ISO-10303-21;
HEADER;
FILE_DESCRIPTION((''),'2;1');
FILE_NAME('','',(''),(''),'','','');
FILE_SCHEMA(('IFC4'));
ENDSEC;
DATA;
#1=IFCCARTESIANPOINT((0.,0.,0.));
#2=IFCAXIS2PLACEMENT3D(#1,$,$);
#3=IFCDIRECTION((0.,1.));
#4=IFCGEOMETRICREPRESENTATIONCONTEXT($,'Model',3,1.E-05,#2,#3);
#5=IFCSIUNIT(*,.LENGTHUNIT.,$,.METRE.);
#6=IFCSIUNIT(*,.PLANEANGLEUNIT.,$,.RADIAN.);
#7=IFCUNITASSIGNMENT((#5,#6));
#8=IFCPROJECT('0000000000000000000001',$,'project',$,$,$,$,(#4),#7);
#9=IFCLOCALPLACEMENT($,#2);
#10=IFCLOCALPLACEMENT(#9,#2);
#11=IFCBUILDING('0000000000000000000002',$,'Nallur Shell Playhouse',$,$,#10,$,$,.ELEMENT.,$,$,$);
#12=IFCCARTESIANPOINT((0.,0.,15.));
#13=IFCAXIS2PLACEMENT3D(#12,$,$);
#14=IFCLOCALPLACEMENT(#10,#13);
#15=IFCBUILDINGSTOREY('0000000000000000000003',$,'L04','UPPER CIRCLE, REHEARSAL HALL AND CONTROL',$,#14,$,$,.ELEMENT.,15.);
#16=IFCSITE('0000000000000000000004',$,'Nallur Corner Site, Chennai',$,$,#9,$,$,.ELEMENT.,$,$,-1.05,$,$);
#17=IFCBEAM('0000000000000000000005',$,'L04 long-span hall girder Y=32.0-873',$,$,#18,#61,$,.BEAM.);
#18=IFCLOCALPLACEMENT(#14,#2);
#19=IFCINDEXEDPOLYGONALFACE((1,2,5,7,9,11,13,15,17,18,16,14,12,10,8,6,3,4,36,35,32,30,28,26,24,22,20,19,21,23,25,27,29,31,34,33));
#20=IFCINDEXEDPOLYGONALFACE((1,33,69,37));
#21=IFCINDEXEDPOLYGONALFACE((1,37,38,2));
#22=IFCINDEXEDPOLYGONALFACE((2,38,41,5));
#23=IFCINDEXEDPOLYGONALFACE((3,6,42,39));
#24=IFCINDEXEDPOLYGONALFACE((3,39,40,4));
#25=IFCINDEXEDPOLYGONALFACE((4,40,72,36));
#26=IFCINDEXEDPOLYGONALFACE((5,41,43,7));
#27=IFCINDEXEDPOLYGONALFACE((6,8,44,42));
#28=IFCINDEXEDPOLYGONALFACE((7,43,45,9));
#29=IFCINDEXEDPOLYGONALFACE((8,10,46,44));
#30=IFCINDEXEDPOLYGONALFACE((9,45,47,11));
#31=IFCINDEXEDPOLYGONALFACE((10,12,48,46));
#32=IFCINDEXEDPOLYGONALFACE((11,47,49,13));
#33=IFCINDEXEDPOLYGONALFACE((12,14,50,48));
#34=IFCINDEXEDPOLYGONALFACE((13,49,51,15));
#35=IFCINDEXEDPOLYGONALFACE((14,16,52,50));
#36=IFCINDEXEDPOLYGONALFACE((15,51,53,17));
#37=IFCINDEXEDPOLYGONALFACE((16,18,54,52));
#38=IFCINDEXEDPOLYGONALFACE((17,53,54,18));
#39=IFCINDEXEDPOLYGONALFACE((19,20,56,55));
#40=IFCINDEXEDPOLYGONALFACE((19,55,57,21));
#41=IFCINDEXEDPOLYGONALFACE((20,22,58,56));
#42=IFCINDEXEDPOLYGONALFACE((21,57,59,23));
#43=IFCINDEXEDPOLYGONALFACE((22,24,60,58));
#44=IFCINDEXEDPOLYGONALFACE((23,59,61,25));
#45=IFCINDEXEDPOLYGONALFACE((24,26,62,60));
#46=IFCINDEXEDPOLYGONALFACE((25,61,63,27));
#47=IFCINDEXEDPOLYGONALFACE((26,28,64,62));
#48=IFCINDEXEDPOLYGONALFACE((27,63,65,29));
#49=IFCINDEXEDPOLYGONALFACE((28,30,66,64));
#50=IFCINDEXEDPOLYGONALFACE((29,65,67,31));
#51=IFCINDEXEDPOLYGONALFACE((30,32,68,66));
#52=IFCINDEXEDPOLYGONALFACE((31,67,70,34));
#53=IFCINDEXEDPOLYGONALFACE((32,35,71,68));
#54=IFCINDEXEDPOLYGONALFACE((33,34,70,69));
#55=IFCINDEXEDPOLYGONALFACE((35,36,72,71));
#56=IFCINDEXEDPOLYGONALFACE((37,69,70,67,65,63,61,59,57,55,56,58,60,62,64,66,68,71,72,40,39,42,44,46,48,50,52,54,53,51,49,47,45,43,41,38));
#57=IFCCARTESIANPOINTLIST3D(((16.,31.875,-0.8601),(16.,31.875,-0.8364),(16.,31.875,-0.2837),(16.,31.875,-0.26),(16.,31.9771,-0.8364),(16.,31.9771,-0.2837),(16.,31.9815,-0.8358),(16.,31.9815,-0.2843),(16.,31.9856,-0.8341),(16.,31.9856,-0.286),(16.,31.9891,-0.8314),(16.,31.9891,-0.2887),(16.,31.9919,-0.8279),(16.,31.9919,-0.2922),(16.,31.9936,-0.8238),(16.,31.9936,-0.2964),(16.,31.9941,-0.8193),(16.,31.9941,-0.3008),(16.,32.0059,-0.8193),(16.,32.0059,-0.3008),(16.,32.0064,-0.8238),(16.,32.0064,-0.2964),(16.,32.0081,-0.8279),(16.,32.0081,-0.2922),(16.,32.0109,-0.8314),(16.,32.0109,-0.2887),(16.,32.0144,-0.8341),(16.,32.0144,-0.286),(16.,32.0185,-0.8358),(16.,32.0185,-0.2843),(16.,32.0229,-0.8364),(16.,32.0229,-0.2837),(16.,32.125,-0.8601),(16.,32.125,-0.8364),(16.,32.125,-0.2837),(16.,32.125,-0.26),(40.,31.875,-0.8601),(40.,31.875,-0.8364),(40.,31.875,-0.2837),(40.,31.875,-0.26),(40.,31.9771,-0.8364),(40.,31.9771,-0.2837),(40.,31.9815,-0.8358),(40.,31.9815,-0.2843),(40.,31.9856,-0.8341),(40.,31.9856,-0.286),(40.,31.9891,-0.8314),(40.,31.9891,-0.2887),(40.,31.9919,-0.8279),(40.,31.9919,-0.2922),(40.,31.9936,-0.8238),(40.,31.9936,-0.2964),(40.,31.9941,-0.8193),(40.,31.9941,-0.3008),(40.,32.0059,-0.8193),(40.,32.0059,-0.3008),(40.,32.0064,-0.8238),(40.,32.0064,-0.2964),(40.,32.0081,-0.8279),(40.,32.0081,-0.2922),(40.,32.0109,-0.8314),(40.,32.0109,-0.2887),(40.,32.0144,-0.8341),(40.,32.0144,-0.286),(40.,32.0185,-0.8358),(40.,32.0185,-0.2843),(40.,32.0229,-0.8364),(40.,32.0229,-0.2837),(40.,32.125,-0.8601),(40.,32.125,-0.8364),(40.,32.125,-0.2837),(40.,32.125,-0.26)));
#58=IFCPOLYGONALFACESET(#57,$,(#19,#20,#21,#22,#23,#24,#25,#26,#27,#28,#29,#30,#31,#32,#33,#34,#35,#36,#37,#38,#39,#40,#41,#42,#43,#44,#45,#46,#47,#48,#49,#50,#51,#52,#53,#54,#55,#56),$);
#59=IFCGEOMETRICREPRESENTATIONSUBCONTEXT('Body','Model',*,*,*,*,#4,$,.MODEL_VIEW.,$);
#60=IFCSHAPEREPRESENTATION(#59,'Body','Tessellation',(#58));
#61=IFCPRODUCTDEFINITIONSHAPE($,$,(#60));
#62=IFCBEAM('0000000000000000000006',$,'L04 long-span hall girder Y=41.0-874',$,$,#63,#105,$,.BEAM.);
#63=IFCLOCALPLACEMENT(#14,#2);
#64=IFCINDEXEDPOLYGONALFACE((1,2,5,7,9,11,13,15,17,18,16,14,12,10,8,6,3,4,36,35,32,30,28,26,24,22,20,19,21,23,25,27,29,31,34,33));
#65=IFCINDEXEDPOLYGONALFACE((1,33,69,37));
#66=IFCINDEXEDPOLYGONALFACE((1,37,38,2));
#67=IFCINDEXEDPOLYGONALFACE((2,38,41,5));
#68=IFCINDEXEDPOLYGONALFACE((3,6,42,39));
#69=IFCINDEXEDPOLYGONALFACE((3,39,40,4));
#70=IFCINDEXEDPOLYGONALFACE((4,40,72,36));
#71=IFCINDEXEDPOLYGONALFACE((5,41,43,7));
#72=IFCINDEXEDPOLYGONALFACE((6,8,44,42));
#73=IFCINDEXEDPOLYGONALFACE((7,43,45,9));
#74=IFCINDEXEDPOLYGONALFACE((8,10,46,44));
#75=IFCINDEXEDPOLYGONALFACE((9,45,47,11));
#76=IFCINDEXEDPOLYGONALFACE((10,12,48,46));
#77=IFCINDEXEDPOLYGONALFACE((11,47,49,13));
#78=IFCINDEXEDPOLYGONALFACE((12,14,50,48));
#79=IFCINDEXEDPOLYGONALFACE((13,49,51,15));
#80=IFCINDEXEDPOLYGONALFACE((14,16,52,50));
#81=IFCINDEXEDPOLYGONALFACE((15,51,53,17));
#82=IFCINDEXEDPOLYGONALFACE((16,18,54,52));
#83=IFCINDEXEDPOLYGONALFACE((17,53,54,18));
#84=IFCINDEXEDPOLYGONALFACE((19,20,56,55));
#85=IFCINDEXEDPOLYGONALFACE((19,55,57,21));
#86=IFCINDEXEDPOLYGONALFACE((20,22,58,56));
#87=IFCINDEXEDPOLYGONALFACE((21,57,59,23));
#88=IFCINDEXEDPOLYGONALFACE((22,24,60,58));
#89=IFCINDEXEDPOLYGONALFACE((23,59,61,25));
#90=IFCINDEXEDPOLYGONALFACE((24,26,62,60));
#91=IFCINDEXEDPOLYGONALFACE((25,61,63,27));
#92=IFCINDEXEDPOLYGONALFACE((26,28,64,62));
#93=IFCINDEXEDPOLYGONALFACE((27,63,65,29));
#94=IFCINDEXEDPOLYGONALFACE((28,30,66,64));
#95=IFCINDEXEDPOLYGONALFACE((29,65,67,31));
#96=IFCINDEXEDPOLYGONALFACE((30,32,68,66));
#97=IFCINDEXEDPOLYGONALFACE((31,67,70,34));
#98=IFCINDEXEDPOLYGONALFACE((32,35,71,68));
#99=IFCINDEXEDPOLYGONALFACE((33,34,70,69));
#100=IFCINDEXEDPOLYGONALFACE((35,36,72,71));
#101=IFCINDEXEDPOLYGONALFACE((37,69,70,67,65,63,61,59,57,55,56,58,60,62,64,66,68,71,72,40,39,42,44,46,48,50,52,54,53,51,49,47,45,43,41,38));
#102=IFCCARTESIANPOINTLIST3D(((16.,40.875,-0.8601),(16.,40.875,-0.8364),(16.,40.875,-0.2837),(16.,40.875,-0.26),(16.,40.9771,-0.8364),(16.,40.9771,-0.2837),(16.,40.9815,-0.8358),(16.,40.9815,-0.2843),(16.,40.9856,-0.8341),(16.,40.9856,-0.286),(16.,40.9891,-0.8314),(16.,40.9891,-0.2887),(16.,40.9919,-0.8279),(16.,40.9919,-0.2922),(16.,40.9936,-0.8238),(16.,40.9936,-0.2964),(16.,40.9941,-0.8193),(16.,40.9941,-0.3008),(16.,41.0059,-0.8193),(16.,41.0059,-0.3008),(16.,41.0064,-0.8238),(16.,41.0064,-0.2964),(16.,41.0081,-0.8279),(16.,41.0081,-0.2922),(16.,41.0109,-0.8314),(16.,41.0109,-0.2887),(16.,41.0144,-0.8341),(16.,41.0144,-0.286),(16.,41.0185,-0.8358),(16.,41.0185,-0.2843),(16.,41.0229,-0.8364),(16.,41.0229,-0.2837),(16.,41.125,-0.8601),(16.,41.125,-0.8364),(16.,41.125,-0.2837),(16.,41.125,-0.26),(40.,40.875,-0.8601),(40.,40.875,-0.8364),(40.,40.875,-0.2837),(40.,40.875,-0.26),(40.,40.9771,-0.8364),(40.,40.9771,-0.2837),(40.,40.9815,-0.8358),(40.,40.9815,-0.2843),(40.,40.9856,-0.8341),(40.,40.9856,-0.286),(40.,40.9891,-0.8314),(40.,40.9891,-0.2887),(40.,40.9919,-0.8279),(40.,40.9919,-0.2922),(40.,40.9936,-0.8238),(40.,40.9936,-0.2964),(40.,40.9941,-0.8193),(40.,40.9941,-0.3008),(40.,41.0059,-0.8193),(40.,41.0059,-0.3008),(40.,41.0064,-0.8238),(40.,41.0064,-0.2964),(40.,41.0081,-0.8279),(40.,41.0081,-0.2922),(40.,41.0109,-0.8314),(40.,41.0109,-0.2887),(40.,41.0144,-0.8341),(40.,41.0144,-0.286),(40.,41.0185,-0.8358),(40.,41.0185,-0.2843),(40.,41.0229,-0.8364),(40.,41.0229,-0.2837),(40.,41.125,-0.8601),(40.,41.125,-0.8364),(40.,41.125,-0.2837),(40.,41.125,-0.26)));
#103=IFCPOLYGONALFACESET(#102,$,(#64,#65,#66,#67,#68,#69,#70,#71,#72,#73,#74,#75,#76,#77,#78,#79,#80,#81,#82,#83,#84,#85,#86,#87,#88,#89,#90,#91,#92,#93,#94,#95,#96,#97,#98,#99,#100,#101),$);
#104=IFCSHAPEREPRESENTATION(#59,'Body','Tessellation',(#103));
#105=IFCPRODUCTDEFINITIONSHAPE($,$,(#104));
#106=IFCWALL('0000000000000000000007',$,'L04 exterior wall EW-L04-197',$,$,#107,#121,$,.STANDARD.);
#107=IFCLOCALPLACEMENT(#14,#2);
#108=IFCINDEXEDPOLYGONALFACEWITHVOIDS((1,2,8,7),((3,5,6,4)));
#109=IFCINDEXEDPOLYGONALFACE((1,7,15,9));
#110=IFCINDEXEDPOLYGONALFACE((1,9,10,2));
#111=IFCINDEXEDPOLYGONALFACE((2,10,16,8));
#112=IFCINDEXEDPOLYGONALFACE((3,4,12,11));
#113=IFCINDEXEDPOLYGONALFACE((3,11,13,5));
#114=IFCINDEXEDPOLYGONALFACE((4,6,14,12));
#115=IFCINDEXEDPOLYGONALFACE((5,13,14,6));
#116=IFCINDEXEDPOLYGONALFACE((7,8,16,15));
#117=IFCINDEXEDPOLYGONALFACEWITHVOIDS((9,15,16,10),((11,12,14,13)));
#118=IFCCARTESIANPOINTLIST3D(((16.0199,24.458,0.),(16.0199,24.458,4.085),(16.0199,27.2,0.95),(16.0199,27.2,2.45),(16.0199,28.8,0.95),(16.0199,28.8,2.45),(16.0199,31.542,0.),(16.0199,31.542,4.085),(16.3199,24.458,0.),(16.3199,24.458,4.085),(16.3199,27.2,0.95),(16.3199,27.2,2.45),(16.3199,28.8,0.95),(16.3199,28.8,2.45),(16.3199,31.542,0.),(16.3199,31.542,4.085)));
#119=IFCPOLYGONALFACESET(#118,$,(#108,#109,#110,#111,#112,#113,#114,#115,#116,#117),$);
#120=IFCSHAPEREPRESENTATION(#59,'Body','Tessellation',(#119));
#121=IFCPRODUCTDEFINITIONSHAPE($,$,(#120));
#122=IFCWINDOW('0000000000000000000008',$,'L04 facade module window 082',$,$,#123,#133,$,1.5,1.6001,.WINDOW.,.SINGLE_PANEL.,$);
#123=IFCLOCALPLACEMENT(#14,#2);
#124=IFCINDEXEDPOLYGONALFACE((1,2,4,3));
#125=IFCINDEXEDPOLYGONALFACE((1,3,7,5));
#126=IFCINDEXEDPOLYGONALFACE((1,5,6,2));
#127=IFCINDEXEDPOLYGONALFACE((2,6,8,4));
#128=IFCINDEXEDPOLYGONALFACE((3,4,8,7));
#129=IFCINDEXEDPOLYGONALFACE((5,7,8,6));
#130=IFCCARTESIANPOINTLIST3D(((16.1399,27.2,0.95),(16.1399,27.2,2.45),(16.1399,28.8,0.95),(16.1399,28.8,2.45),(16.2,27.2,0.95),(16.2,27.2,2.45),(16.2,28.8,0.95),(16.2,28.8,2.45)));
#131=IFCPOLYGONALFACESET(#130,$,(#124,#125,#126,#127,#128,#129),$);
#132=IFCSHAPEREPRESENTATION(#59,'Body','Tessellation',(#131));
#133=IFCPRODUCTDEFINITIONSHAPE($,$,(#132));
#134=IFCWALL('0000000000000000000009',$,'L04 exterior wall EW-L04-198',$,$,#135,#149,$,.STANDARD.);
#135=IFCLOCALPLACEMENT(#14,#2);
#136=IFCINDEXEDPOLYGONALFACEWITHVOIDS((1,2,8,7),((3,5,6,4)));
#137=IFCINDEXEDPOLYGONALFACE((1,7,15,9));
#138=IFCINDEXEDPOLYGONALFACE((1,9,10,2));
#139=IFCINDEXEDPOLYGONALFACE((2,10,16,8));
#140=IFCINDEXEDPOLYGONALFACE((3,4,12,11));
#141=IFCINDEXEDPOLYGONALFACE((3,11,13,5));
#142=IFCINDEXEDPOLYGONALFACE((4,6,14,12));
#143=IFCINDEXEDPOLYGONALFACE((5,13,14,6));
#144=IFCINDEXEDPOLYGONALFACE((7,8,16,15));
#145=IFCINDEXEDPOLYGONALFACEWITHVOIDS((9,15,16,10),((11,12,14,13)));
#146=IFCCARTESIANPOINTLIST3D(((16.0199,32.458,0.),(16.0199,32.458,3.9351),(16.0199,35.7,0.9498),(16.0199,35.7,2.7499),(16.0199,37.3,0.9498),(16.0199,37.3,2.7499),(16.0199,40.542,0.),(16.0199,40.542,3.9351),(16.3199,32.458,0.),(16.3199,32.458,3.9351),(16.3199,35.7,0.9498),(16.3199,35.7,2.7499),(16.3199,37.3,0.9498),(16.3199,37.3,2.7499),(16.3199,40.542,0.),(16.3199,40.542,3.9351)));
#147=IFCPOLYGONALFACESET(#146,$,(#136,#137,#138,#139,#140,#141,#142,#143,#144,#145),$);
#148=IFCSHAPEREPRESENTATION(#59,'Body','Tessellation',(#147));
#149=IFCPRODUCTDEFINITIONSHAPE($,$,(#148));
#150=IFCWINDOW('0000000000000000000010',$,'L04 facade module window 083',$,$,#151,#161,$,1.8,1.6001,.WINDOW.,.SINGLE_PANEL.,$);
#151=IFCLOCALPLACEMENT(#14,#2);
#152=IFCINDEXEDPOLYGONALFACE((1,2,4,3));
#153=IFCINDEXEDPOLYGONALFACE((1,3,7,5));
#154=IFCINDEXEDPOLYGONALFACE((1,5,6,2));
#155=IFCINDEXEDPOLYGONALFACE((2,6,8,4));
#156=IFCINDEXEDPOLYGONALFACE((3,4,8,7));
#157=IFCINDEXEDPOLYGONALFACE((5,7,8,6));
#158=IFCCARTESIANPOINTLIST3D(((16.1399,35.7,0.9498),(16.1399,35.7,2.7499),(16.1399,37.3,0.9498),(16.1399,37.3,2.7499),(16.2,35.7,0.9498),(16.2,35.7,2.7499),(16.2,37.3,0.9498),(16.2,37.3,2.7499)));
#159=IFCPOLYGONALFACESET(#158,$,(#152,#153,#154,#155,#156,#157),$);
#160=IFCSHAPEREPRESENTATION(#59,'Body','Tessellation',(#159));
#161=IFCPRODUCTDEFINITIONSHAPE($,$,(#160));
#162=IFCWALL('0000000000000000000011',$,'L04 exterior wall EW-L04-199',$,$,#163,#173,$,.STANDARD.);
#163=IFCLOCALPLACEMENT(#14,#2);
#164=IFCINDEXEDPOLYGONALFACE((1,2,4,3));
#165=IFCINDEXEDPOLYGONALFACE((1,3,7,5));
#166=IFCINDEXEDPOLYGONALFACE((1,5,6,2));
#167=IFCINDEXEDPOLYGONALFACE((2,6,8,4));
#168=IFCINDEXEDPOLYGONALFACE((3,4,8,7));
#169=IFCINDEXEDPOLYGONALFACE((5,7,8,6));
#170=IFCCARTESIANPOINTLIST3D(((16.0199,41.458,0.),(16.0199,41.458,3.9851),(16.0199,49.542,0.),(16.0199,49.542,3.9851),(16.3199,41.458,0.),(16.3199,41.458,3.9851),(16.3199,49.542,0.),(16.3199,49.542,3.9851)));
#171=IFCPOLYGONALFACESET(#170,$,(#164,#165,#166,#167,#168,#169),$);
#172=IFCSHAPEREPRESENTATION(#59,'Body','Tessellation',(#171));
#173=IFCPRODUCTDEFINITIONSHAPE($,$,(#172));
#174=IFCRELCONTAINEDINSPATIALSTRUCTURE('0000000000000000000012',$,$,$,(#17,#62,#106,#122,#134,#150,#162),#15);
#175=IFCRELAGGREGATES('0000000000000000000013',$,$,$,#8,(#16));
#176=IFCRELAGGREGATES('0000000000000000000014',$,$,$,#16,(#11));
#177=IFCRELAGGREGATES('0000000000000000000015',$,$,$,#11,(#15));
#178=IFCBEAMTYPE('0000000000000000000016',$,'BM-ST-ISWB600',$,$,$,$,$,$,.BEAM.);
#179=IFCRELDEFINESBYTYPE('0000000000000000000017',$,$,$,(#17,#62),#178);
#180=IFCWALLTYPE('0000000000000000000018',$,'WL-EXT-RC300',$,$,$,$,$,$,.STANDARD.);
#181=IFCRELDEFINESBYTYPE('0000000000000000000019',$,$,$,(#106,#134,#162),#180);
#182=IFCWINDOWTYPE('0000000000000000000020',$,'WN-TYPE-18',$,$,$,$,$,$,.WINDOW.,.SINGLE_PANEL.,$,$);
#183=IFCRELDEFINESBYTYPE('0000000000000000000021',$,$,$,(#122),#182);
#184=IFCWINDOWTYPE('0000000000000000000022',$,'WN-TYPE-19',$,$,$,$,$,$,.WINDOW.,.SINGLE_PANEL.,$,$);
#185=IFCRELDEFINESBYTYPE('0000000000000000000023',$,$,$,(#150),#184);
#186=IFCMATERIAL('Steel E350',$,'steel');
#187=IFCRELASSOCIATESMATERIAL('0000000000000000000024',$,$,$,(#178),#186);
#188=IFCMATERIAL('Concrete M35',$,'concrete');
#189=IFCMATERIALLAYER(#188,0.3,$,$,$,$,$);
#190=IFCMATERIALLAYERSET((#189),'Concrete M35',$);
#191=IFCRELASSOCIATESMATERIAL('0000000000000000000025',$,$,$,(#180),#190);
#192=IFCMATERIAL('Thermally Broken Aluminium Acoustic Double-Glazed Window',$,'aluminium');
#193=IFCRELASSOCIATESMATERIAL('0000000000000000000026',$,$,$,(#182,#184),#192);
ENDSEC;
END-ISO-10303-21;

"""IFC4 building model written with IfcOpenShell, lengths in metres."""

from ifc_helpers import new_model, si_unit, direction, frame, frame_2d, origin, origin_2d, place, context, subcontext, project, spatial, rectangle, i_section, extrude, material, layer, layer_set, material_profile, profile_set, type_object, element, fill, save


model = new_model("IFC4")

# Units and contexts
model_context = context("Model", 3, precision=1e-05, world=origin(), true_north=direction((0.0, 1.0)))
body_context = subcontext(model_context, "Body", "Model", "MODEL_VIEW")
ifc_project = project(units=[si_unit("LENGTHUNIT", "METRE"), si_unit("PLANEANGLEUNIT", "RADIAN")], contexts=[model_context])

# Site, building, storey
site_placement = place(None, origin())
site = spatial("IfcSite", under=ifc_project, at=site_placement, Name="Nallur Corner Site, Chennai", CompositionType="ELEMENT", RefElevation=-1.05)
building_placement = place(site_placement, origin())
building = spatial("IfcBuilding", under=site, at=building_placement, Name="Nallur Shell Playhouse", CompositionType="ELEMENT")
storey_placement = place(building_placement, frame((0.0, 0.0, 15.0)))
storey = spatial("IfcBuildingStorey", under=building, at=storey_placement, Name="L04", Description="UPPER CIRCLE, REHEARSAL HALL AND CONTROL", CompositionType="ELEMENT", Elevation=15.0)

# Beams
ifc_material_1 = material(Name="Steel E350", Category="steel")
ifc_material_profile_1 = material_profile(ifc_material_1, i_section(OverallWidth=0.25, OverallDepth=0.6001, WebThickness=0.0117, FlangeThickness=0.0237, FilletRadius=0.0171, at=origin_2d()), Name="ISWB 600")
ifc_profile_set_1 = profile_set([ifc_material_profile_1], Name="Steel E350")
beam_type_1 = type_object("IfcBeamType", Name="BM-ST-ISWB600", PredefinedType="BEAM", material=ifc_profile_set_1)
for number, where, z_axis, x_axis, name in (
    (1, (16.0, 32.0, -0.5601), (1.0, 0.0, 0.0), (0.0, 1.0, 0.0), "L04 long-span hall girder Y=32.0-873"),
    (2, (16.0, 41.0, -0.5601), (1.0, 0.0, 0.0), (0.0, 1.0, 0.0), "L04 long-span hall girder Y=41.0-874"),
):
    element("IfcBeam", number, at=place(storey_placement, frame(where, z_axis=z_axis, x_axis=x_axis)), inside=storey, type_object=beam_type_1, Name=name, PredefinedType="BEAM", context=body_context, shape_type="SweptSolid", body=[
        extrude(i_section(OverallWidth=0.25, OverallDepth=0.6001, WebThickness=0.0117, FlangeThickness=0.0237, FilletRadius=0.0171, at=origin_2d()), origin(), (0.0, 0.0, 1.0), 24.0),
    ])

# Walls, openings, windows
ifc_material_2 = material(Name="Concrete M35", Category="concrete")
ifc_layer_1 = layer(ifc_material_2, 0.3)
ifc_layer_set_1 = layer_set([ifc_layer_1], Name="Concrete M35")
wall_type_1 = type_object("IfcWallType", Name="WL-EXT-RC300", PredefinedType="STANDARD", material=ifc_layer_set_1)
wall_1_placement = place(storey_placement, frame((16.1699, 24.458, 0.0), z_axis=(0.0, 0.0, 1.0), x_axis=(0.0, 1.0, 0.0)))
wall_1 = element("IfcWall", 3, at=wall_1_placement, inside=storey, type_object=wall_type_1, Name="L04 exterior wall EW-L04-197", PredefinedType="STANDARD", context=body_context, shape_type="SweptSolid", body=[
    extrude(rectangle(XDim=7.084, YDim=0.3, at=frame_2d((3.542, 0.0))), origin(), (0.0, 0.0, 1.0), 4.085),
])
opening_1_placement = place(wall_1_placement, frame((2.7419, 0.0, 0.95)))
opening_1 = element("IfcOpeningElement", 4, at=opening_1_placement, cuts=wall_1, PredefinedType="OPENING", context=body_context, shape_type="SweptSolid", body=[
    extrude(rectangle(XDim=1.6001, YDim=1.5, at=frame_2d((0.8, 0.75))), frame((0.0, 0.1602, 0.0), z_axis=(0.0, -1.0, 0.0), x_axis=(1.0, 0.0, 0.0)), (0.0, 0.0, 1.0), 0.3201),
])
ifc_material_3 = material(Name="Thermally Broken Aluminium Acoustic Double-Glazed Window", Category="aluminium")
window_type_1 = type_object("IfcWindowType", Name="WN-TYPE-18", PartitioningType="SINGLE_PANEL", PredefinedType="WINDOW", material=ifc_material_3)
window_1_placement = place(opening_1_placement, origin())
window_1 = element("IfcWindow", 5, at=window_1_placement, inside=storey, type_object=window_type_1, Name="L04 facade module window 082", OverallHeight=1.5, OverallWidth=1.6001, PartitioningType="SINGLE_PANEL", PredefinedType="WINDOW", context=body_context, shape_type="SweptSolid", body=[
    extrude(rectangle(XDim=1.6001, YDim=1.5, at=frame_2d((0.8, 0.75))), frame((0.0, 0.03, 0.0), z_axis=(0.0, -1.0, 0.0), x_axis=(1.0, 0.0, 0.0)), (0.0, 0.0, 1.0), 0.0601),
])
fill(opening_1, window_1)
wall_2_placement = place(storey_placement, frame((16.1699, 32.458, 0.0), z_axis=(0.0, 0.0, 1.0), x_axis=(0.0, 1.0, 0.0)))
wall_2 = element("IfcWall", 6, at=wall_2_placement, inside=storey, type_object=wall_type_1, Name="L04 exterior wall EW-L04-198", PredefinedType="STANDARD", context=body_context, shape_type="SweptSolid", body=[
    extrude(rectangle(XDim=8.084, YDim=0.3, at=frame_2d((4.042, 0.0))), origin(), (0.0, 0.0, 1.0), 3.9351),
])
opening_2_placement = place(wall_2_placement, frame((3.2419, 0.0, 0.95)))
opening_2 = element("IfcOpeningElement", 7, at=opening_2_placement, cuts=wall_2, PredefinedType="OPENING", context=body_context, shape_type="SweptSolid", body=[
    extrude(rectangle(XDim=1.6001, YDim=1.8, at=frame_2d((0.8, 0.8999))), frame((0.0, 0.1602, 0.0), z_axis=(0.0, -1.0, 0.0), x_axis=(1.0, 0.0, 0.0)), (0.0, 0.0, 1.0), 0.3201),
])
window_type_2 = type_object("IfcWindowType", Name="WN-TYPE-19", PartitioningType="SINGLE_PANEL", PredefinedType="WINDOW", material=ifc_material_3)
window_2_placement = place(opening_2_placement, origin())
window_2 = element("IfcWindow", 8, at=window_2_placement, inside=storey, type_object=window_type_2, Name="L04 facade module window 083", OverallHeight=1.8, OverallWidth=1.6001, PartitioningType="SINGLE_PANEL", PredefinedType="WINDOW", context=body_context, shape_type="SweptSolid", body=[
    extrude(rectangle(XDim=1.6001, YDim=1.8, at=frame_2d((0.8, 0.8999))), frame((0.0, 0.03, 0.0), z_axis=(0.0, -1.0, 0.0), x_axis=(1.0, 0.0, 0.0)), (0.0, 0.0, 1.0), 0.0601),
])
fill(opening_2, window_2)

# Wall
wall_3_placement = place(storey_placement, frame((16.1699, 41.458, 0.0), z_axis=(0.0, 0.0, 1.0), x_axis=(0.0, 1.0, 0.0)))
element("IfcWall", 9, at=wall_3_placement, inside=storey, type_object=wall_type_1, Name="L04 exterior wall EW-L04-199", PredefinedType="STANDARD", context=body_context, shape_type="SweptSolid", body=[
    extrude(rectangle(XDim=8.084, YDim=0.3, at=frame_2d((4.042, 0.0))), origin(), (0.0, 0.0, 1.0), 3.9851),
])

save(model, "model.ifc")
